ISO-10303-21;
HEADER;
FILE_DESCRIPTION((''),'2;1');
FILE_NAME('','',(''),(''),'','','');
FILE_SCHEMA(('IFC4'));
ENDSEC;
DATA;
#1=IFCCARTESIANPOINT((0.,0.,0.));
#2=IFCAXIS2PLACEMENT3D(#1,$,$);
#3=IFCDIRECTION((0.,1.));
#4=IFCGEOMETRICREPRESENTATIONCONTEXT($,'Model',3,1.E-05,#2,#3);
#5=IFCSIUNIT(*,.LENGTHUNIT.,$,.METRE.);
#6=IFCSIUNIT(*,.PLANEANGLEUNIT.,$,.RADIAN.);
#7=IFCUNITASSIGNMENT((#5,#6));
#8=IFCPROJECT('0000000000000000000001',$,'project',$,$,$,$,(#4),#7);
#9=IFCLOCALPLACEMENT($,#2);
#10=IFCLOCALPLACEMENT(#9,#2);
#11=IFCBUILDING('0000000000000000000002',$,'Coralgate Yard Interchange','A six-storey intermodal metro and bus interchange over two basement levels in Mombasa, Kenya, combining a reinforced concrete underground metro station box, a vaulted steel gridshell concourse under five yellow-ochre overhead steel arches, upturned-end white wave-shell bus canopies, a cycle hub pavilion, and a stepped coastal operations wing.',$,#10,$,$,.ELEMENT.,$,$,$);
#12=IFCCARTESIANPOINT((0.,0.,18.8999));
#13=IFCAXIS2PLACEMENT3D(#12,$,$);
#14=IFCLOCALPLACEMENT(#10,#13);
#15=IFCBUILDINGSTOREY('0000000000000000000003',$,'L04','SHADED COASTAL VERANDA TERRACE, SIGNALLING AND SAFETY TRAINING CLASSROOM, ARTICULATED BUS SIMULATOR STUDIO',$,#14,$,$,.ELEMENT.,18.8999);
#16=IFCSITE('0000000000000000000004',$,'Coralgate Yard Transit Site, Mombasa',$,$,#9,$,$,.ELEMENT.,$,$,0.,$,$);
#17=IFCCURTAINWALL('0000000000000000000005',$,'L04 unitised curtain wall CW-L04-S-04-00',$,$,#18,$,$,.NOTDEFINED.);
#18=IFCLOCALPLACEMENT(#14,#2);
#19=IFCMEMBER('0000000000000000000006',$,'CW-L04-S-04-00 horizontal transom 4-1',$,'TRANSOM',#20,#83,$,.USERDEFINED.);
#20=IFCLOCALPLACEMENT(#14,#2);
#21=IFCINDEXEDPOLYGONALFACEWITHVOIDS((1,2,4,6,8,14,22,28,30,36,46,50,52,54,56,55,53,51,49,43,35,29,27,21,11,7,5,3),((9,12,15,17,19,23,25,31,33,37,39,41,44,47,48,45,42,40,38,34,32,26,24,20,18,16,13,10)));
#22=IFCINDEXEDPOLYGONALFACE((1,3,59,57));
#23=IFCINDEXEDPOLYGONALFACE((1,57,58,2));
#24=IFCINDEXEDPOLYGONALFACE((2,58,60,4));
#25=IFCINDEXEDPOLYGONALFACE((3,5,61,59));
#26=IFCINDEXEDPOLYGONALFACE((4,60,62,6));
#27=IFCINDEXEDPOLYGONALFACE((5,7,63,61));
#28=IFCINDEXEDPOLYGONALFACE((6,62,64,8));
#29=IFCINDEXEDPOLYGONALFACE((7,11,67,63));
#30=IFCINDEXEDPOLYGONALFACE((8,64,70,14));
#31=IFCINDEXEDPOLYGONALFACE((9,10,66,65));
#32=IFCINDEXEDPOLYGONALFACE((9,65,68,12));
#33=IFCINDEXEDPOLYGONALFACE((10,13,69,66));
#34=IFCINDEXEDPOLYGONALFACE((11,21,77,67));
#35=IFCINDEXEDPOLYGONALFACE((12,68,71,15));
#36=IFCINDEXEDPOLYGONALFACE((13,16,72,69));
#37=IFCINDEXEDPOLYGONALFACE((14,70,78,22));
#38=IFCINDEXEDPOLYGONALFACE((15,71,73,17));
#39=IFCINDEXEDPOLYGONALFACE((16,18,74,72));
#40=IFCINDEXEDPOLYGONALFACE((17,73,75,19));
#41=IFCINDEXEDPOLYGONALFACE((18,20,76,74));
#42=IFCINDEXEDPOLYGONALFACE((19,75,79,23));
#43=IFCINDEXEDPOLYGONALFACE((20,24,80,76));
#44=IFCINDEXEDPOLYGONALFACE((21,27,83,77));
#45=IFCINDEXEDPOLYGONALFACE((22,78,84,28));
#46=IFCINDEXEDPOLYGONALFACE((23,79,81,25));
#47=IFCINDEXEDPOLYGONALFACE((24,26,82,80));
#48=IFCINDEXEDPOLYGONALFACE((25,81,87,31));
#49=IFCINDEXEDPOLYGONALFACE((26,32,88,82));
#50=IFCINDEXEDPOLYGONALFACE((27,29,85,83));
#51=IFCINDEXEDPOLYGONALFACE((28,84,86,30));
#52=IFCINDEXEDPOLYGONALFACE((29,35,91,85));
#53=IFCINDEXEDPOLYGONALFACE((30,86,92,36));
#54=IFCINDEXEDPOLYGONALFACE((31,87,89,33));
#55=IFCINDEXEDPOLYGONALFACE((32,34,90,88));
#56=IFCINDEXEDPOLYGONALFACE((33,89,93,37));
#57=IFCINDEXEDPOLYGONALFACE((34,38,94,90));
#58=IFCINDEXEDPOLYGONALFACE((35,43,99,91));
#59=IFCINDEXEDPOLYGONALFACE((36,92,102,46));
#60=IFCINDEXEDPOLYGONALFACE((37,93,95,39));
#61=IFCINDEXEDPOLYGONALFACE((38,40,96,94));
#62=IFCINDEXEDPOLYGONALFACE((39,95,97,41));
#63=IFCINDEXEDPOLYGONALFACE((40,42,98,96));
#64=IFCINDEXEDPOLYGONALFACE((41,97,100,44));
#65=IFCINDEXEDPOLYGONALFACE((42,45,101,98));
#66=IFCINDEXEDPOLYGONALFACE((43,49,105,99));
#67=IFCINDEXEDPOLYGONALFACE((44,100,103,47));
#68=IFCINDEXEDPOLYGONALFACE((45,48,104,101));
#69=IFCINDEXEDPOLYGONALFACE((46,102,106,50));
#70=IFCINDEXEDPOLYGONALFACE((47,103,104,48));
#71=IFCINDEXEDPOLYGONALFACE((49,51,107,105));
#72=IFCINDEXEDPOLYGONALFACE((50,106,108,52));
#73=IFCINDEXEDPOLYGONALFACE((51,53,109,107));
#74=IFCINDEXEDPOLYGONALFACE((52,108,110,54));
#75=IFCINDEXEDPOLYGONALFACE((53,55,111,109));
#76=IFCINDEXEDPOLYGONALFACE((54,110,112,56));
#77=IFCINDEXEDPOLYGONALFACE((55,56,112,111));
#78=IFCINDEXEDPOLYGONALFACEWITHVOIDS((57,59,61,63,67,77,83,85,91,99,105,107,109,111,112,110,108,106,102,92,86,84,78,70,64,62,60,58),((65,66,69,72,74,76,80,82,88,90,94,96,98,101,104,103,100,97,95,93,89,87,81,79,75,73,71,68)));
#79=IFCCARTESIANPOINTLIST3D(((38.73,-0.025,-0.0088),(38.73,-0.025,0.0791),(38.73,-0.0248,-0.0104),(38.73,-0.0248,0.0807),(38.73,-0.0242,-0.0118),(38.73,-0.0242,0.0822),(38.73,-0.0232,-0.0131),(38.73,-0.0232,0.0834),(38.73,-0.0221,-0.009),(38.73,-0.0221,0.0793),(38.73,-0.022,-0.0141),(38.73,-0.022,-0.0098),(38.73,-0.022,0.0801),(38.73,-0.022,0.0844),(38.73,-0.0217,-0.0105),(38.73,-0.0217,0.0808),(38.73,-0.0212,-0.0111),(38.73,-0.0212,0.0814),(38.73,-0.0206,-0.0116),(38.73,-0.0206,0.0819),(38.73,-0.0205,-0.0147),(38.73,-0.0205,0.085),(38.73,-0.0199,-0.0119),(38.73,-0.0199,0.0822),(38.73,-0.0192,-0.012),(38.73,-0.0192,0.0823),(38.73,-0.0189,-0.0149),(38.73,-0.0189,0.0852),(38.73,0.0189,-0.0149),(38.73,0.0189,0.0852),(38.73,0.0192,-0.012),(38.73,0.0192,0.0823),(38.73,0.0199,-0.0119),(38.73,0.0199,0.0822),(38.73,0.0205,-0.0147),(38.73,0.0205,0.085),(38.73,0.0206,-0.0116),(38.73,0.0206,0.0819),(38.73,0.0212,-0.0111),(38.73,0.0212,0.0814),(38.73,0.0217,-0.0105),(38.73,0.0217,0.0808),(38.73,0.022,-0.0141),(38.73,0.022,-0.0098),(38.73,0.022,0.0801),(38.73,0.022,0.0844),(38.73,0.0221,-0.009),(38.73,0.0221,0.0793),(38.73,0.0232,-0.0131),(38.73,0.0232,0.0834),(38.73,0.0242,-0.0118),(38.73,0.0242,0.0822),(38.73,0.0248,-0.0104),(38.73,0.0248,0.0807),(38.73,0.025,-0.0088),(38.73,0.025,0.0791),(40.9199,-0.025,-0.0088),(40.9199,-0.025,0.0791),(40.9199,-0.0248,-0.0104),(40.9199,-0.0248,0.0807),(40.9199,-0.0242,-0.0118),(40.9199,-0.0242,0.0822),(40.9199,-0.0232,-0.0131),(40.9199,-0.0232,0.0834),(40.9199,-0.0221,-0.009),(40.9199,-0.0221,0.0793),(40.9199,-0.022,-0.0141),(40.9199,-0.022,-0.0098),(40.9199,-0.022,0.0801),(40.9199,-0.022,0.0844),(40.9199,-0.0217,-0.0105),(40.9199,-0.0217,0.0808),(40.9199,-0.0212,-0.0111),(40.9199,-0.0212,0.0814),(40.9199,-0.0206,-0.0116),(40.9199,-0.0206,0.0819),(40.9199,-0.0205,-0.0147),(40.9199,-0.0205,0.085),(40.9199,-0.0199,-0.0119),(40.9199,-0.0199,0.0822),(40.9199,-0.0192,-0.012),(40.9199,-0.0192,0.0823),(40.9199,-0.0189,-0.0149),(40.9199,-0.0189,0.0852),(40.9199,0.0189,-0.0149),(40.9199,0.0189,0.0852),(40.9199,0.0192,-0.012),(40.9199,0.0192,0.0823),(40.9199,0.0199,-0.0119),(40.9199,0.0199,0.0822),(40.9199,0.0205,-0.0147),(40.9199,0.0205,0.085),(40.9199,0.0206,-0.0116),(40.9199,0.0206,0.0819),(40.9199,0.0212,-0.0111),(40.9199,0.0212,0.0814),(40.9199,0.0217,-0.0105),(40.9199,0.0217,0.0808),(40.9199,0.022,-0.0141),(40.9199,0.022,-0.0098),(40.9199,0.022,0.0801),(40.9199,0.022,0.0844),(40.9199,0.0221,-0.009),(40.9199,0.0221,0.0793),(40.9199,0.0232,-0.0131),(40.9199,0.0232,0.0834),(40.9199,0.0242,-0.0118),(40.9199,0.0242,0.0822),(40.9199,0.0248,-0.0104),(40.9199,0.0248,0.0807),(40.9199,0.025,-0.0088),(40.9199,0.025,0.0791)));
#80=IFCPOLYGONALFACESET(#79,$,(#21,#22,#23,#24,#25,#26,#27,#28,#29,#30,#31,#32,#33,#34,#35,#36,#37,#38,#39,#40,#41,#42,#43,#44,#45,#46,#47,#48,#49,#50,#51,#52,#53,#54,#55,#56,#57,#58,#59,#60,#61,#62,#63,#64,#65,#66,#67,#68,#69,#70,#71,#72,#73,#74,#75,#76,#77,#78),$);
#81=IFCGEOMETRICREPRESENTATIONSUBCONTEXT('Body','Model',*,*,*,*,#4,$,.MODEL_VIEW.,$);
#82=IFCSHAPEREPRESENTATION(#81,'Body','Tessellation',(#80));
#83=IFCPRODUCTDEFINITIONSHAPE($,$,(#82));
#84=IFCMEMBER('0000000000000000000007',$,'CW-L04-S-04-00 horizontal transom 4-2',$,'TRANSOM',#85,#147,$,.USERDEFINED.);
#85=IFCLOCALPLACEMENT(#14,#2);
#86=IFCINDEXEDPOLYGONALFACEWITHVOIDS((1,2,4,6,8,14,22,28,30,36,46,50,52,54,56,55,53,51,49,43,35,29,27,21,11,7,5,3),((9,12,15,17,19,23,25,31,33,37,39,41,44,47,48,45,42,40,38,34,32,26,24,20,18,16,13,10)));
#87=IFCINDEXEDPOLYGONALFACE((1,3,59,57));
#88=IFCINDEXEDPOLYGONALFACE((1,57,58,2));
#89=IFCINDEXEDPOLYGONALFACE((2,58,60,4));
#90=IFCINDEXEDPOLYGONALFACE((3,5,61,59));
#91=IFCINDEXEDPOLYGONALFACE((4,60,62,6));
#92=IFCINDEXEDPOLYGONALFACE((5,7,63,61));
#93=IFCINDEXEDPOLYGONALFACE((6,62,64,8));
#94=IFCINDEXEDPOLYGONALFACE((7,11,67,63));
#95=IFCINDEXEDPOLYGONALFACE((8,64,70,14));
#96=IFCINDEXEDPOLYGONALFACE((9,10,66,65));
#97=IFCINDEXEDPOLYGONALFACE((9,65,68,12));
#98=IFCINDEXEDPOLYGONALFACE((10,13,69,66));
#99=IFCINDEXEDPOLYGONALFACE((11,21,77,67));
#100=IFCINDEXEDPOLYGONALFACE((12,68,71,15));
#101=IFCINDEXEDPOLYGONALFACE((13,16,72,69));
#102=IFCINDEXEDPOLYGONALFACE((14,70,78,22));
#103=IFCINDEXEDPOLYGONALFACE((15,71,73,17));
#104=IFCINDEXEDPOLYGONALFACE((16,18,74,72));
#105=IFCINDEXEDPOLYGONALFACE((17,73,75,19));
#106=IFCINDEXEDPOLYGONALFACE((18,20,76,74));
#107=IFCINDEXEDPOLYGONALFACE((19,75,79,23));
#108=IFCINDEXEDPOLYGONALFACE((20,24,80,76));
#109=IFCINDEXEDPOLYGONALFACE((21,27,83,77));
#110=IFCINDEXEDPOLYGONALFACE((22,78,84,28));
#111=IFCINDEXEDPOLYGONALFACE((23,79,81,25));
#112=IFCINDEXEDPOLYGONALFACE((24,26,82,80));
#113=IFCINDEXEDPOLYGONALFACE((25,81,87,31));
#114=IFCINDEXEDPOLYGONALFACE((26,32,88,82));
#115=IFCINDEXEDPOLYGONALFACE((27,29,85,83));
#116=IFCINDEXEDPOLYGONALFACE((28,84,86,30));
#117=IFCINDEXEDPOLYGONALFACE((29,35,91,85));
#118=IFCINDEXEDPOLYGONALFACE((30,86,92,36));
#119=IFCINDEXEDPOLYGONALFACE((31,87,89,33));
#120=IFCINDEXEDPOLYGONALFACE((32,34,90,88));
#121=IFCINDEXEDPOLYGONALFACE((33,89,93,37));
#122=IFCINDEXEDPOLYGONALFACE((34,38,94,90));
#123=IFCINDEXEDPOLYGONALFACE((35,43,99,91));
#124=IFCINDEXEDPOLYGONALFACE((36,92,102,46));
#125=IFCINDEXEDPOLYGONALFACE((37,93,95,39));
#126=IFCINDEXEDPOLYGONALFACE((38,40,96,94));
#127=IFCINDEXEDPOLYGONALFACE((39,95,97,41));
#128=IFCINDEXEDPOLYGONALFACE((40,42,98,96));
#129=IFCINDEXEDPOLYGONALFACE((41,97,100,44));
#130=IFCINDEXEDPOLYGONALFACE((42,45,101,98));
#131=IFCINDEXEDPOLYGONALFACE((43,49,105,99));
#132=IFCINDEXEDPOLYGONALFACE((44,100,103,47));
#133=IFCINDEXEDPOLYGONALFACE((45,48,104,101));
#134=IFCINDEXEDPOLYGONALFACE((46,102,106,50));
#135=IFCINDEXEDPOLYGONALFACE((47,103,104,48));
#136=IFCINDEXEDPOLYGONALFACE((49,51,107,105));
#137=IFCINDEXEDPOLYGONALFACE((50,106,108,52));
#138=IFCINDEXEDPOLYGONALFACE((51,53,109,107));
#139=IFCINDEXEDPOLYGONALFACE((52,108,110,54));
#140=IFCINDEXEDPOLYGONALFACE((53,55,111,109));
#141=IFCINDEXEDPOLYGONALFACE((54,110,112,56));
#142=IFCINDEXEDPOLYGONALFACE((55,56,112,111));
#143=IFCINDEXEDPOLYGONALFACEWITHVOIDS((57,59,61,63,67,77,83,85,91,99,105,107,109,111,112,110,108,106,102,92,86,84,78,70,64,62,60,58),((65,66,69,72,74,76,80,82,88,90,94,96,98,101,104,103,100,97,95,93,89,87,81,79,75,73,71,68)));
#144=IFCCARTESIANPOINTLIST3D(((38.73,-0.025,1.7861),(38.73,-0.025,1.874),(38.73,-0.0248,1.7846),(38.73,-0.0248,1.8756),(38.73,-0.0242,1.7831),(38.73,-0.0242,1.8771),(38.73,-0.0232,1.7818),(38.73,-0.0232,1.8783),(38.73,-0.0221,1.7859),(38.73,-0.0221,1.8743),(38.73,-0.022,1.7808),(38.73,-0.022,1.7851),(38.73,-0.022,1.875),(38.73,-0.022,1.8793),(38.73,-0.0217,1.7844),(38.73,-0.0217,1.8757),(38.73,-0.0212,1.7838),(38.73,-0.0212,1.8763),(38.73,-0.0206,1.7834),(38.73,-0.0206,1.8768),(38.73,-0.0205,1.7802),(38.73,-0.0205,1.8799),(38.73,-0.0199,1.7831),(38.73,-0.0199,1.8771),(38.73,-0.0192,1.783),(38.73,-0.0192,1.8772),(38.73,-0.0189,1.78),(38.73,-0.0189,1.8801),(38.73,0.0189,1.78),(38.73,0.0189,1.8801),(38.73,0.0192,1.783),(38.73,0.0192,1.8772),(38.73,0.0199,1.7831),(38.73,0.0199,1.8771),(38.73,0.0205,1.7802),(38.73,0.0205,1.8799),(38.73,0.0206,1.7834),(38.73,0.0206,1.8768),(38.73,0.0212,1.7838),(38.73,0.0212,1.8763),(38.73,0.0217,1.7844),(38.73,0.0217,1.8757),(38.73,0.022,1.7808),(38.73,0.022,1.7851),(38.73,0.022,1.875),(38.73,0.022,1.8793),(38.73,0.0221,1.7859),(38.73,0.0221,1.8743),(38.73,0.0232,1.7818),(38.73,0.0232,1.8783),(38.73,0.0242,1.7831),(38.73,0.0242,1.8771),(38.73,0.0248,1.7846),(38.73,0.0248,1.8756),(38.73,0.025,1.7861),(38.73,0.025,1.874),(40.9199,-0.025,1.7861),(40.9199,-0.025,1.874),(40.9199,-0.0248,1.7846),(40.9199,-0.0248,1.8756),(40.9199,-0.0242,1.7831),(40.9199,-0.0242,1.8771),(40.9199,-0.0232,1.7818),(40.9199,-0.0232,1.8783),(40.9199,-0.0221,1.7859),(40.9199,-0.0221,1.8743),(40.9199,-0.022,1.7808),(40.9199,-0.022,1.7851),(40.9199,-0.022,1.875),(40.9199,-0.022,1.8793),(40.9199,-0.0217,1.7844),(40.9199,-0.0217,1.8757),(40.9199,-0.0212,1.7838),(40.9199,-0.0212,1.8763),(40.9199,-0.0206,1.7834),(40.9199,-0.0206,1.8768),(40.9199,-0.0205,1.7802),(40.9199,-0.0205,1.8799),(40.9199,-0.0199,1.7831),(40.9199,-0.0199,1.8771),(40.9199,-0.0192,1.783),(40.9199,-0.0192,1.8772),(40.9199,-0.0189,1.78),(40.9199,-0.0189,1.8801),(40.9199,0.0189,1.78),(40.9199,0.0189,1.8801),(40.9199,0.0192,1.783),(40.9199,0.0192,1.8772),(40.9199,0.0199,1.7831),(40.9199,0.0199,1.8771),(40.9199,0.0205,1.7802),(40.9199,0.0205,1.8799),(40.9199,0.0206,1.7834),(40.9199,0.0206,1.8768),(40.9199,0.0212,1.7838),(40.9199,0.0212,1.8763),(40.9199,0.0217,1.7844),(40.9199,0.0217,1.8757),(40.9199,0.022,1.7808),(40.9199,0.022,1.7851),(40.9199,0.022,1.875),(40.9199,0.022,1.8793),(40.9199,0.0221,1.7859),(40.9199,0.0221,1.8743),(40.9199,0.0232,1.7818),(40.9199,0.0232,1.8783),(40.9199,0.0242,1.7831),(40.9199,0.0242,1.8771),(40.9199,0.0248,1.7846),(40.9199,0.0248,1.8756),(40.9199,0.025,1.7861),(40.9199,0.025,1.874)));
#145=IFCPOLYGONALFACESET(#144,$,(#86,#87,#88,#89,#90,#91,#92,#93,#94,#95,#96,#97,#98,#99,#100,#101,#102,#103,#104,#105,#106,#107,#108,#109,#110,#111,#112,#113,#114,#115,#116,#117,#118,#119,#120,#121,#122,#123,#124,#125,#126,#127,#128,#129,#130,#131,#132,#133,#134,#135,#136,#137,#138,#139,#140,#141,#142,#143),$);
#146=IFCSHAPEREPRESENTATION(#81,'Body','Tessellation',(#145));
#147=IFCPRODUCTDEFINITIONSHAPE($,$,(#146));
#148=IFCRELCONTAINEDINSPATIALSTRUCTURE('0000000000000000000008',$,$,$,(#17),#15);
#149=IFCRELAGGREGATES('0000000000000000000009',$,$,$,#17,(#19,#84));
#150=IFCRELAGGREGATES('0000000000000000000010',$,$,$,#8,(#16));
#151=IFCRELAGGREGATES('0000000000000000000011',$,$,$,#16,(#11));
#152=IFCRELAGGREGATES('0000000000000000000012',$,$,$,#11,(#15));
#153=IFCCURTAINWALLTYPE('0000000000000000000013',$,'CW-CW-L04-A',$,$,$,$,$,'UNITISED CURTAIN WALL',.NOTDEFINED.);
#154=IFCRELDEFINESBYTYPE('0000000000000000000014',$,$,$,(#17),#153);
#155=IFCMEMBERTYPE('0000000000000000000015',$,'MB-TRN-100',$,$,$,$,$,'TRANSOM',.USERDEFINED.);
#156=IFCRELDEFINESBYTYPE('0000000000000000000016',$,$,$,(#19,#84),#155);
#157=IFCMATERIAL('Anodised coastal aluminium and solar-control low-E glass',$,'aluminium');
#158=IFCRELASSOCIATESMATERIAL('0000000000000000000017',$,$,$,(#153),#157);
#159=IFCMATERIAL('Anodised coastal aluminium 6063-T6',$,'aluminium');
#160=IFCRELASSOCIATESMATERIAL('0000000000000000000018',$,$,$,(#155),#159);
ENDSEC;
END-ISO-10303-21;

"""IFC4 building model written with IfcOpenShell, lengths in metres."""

from ifc_helpers import new_model, si_unit, direction, frame, origin, origin_2d, place, context, subcontext, project, spatial, hollow_rectangle, extrude, material, material_profile, profile_set, type_object, element, aggregate, save


model = new_model("IFC4")

# Units and contexts
model_context = context("Model", 3, precision=1e-05, world=origin(), true_north=direction((0.0, 1.0)))
body_context = subcontext(model_context, "Body", "Model", "MODEL_VIEW")
ifc_project = project(units=[si_unit("LENGTHUNIT", "METRE"), si_unit("PLANEANGLEUNIT", "RADIAN")], contexts=[model_context])

# Site, building, storey
site_placement = place(None, origin())
site = spatial("IfcSite", under=ifc_project, at=site_placement, Name="Coralgate Yard Transit Site, Mombasa", CompositionType="ELEMENT", RefElevation=0.0)
building_placement = place(site_placement, origin())
building = spatial("IfcBuilding", under=site, at=building_placement, Name="Coralgate Yard Interchange", Description="A six-storey intermodal metro and bus interchange over two basement levels in Mombasa, Kenya, combining a reinforced concrete underground metro station box, a vaulted steel gridshell concourse under five yellow-ochre overhead steel arches, upturned-end white wave-shell bus canopies, a cycle hub pavilion, and a stepped coastal operations wing.", CompositionType="ELEMENT")
storey_placement = place(building_placement, frame((0.0, 0.0, 18.8999)))
storey = spatial("IfcBuildingStorey", under=building, at=storey_placement, Name="L04", Description="SHADED COASTAL VERANDA TERRACE, SIGNALLING AND SAFETY TRAINING CLASSROOM, ARTICULATED BUS SIMULATOR STUDIO", CompositionType="ELEMENT", Elevation=18.8999)

# Curtain wall, members
ifc_material_1 = material(Name="Anodised coastal aluminium and solar-control low-E glass", Category="aluminium")
curtain_wall_type = type_object("IfcCurtainWallType", Name="CW-CW-L04-A", ElementType="UNITISED CURTAIN WALL", PredefinedType="NOTDEFINED", material=ifc_material_1)
curtain_wall_placement = place(storey_placement, origin())
curtain_wall = element("IfcCurtainWall", 1, at=curtain_wall_placement, inside=storey, type_object=curtain_wall_type, Name="L04 unitised curtain wall CW-L04-S-04-00", PredefinedType="NOTDEFINED")
ifc_material_2 = material(Name="Anodised coastal aluminium 6063-T6", Category="aluminium")
ifc_material_profile_1 = material_profile(ifc_material_2, hollow_rectangle(XDim=0.05, YDim=0.1001, WallThickness=0.0029, InnerFilletRadius=0.0029, OuterFilletRadius=0.0061, at=origin_2d()), Name="ALU 50x100x3")
ifc_profile_set_1 = profile_set([ifc_material_profile_1], Name="Anodised coastal aluminium 6063-T6")
member_type_1 = type_object("IfcMemberType", Name="MB-TRN-100", ElementType="TRANSOM", PredefinedType="USERDEFINED", material=ifc_profile_set_1)
member_1_placement = place(storey_placement, frame((40.9199, 0.0, 0.0352), z_axis=(-1.0, 0.0, 0.0), x_axis=(0.0, -1.0, 0.0)))
member_1 = element("IfcMember", 2, at=member_1_placement, type_object=member_type_1, Name="CW-L04-S-04-00 horizontal transom 4-1", ObjectType="TRANSOM", PredefinedType="USERDEFINED", context=body_context, shape_type="SweptSolid", body=[
    extrude(hollow_rectangle(XDim=0.05, YDim=0.1001, WallThickness=0.0029, InnerFilletRadius=0.0029, OuterFilletRadius=0.0061, at=origin_2d()), origin(), (0.0, 0.0, 1.0), 2.1899),
])
member_2_placement = place(storey_placement, frame((40.9199, 0.0, 1.8301), z_axis=(-1.0, 0.0, 0.0), x_axis=(0.0, -1.0, 0.0)))
member_2 = element("IfcMember", 3, at=member_2_placement, type_object=member_type_1, Name="CW-L04-S-04-00 horizontal transom 4-2", ObjectType="TRANSOM", PredefinedType="USERDEFINED", context=body_context, shape_type="SweptSolid", body=[
    extrude(hollow_rectangle(XDim=0.05, YDim=0.1001, WallThickness=0.0029, InnerFilletRadius=0.0029, OuterFilletRadius=0.0061, at=origin_2d()), origin(), (0.0, 0.0, 1.0), 2.1899),
])
aggregate(curtain_wall, [member_1, member_2])

save(model, "model.ifc")
